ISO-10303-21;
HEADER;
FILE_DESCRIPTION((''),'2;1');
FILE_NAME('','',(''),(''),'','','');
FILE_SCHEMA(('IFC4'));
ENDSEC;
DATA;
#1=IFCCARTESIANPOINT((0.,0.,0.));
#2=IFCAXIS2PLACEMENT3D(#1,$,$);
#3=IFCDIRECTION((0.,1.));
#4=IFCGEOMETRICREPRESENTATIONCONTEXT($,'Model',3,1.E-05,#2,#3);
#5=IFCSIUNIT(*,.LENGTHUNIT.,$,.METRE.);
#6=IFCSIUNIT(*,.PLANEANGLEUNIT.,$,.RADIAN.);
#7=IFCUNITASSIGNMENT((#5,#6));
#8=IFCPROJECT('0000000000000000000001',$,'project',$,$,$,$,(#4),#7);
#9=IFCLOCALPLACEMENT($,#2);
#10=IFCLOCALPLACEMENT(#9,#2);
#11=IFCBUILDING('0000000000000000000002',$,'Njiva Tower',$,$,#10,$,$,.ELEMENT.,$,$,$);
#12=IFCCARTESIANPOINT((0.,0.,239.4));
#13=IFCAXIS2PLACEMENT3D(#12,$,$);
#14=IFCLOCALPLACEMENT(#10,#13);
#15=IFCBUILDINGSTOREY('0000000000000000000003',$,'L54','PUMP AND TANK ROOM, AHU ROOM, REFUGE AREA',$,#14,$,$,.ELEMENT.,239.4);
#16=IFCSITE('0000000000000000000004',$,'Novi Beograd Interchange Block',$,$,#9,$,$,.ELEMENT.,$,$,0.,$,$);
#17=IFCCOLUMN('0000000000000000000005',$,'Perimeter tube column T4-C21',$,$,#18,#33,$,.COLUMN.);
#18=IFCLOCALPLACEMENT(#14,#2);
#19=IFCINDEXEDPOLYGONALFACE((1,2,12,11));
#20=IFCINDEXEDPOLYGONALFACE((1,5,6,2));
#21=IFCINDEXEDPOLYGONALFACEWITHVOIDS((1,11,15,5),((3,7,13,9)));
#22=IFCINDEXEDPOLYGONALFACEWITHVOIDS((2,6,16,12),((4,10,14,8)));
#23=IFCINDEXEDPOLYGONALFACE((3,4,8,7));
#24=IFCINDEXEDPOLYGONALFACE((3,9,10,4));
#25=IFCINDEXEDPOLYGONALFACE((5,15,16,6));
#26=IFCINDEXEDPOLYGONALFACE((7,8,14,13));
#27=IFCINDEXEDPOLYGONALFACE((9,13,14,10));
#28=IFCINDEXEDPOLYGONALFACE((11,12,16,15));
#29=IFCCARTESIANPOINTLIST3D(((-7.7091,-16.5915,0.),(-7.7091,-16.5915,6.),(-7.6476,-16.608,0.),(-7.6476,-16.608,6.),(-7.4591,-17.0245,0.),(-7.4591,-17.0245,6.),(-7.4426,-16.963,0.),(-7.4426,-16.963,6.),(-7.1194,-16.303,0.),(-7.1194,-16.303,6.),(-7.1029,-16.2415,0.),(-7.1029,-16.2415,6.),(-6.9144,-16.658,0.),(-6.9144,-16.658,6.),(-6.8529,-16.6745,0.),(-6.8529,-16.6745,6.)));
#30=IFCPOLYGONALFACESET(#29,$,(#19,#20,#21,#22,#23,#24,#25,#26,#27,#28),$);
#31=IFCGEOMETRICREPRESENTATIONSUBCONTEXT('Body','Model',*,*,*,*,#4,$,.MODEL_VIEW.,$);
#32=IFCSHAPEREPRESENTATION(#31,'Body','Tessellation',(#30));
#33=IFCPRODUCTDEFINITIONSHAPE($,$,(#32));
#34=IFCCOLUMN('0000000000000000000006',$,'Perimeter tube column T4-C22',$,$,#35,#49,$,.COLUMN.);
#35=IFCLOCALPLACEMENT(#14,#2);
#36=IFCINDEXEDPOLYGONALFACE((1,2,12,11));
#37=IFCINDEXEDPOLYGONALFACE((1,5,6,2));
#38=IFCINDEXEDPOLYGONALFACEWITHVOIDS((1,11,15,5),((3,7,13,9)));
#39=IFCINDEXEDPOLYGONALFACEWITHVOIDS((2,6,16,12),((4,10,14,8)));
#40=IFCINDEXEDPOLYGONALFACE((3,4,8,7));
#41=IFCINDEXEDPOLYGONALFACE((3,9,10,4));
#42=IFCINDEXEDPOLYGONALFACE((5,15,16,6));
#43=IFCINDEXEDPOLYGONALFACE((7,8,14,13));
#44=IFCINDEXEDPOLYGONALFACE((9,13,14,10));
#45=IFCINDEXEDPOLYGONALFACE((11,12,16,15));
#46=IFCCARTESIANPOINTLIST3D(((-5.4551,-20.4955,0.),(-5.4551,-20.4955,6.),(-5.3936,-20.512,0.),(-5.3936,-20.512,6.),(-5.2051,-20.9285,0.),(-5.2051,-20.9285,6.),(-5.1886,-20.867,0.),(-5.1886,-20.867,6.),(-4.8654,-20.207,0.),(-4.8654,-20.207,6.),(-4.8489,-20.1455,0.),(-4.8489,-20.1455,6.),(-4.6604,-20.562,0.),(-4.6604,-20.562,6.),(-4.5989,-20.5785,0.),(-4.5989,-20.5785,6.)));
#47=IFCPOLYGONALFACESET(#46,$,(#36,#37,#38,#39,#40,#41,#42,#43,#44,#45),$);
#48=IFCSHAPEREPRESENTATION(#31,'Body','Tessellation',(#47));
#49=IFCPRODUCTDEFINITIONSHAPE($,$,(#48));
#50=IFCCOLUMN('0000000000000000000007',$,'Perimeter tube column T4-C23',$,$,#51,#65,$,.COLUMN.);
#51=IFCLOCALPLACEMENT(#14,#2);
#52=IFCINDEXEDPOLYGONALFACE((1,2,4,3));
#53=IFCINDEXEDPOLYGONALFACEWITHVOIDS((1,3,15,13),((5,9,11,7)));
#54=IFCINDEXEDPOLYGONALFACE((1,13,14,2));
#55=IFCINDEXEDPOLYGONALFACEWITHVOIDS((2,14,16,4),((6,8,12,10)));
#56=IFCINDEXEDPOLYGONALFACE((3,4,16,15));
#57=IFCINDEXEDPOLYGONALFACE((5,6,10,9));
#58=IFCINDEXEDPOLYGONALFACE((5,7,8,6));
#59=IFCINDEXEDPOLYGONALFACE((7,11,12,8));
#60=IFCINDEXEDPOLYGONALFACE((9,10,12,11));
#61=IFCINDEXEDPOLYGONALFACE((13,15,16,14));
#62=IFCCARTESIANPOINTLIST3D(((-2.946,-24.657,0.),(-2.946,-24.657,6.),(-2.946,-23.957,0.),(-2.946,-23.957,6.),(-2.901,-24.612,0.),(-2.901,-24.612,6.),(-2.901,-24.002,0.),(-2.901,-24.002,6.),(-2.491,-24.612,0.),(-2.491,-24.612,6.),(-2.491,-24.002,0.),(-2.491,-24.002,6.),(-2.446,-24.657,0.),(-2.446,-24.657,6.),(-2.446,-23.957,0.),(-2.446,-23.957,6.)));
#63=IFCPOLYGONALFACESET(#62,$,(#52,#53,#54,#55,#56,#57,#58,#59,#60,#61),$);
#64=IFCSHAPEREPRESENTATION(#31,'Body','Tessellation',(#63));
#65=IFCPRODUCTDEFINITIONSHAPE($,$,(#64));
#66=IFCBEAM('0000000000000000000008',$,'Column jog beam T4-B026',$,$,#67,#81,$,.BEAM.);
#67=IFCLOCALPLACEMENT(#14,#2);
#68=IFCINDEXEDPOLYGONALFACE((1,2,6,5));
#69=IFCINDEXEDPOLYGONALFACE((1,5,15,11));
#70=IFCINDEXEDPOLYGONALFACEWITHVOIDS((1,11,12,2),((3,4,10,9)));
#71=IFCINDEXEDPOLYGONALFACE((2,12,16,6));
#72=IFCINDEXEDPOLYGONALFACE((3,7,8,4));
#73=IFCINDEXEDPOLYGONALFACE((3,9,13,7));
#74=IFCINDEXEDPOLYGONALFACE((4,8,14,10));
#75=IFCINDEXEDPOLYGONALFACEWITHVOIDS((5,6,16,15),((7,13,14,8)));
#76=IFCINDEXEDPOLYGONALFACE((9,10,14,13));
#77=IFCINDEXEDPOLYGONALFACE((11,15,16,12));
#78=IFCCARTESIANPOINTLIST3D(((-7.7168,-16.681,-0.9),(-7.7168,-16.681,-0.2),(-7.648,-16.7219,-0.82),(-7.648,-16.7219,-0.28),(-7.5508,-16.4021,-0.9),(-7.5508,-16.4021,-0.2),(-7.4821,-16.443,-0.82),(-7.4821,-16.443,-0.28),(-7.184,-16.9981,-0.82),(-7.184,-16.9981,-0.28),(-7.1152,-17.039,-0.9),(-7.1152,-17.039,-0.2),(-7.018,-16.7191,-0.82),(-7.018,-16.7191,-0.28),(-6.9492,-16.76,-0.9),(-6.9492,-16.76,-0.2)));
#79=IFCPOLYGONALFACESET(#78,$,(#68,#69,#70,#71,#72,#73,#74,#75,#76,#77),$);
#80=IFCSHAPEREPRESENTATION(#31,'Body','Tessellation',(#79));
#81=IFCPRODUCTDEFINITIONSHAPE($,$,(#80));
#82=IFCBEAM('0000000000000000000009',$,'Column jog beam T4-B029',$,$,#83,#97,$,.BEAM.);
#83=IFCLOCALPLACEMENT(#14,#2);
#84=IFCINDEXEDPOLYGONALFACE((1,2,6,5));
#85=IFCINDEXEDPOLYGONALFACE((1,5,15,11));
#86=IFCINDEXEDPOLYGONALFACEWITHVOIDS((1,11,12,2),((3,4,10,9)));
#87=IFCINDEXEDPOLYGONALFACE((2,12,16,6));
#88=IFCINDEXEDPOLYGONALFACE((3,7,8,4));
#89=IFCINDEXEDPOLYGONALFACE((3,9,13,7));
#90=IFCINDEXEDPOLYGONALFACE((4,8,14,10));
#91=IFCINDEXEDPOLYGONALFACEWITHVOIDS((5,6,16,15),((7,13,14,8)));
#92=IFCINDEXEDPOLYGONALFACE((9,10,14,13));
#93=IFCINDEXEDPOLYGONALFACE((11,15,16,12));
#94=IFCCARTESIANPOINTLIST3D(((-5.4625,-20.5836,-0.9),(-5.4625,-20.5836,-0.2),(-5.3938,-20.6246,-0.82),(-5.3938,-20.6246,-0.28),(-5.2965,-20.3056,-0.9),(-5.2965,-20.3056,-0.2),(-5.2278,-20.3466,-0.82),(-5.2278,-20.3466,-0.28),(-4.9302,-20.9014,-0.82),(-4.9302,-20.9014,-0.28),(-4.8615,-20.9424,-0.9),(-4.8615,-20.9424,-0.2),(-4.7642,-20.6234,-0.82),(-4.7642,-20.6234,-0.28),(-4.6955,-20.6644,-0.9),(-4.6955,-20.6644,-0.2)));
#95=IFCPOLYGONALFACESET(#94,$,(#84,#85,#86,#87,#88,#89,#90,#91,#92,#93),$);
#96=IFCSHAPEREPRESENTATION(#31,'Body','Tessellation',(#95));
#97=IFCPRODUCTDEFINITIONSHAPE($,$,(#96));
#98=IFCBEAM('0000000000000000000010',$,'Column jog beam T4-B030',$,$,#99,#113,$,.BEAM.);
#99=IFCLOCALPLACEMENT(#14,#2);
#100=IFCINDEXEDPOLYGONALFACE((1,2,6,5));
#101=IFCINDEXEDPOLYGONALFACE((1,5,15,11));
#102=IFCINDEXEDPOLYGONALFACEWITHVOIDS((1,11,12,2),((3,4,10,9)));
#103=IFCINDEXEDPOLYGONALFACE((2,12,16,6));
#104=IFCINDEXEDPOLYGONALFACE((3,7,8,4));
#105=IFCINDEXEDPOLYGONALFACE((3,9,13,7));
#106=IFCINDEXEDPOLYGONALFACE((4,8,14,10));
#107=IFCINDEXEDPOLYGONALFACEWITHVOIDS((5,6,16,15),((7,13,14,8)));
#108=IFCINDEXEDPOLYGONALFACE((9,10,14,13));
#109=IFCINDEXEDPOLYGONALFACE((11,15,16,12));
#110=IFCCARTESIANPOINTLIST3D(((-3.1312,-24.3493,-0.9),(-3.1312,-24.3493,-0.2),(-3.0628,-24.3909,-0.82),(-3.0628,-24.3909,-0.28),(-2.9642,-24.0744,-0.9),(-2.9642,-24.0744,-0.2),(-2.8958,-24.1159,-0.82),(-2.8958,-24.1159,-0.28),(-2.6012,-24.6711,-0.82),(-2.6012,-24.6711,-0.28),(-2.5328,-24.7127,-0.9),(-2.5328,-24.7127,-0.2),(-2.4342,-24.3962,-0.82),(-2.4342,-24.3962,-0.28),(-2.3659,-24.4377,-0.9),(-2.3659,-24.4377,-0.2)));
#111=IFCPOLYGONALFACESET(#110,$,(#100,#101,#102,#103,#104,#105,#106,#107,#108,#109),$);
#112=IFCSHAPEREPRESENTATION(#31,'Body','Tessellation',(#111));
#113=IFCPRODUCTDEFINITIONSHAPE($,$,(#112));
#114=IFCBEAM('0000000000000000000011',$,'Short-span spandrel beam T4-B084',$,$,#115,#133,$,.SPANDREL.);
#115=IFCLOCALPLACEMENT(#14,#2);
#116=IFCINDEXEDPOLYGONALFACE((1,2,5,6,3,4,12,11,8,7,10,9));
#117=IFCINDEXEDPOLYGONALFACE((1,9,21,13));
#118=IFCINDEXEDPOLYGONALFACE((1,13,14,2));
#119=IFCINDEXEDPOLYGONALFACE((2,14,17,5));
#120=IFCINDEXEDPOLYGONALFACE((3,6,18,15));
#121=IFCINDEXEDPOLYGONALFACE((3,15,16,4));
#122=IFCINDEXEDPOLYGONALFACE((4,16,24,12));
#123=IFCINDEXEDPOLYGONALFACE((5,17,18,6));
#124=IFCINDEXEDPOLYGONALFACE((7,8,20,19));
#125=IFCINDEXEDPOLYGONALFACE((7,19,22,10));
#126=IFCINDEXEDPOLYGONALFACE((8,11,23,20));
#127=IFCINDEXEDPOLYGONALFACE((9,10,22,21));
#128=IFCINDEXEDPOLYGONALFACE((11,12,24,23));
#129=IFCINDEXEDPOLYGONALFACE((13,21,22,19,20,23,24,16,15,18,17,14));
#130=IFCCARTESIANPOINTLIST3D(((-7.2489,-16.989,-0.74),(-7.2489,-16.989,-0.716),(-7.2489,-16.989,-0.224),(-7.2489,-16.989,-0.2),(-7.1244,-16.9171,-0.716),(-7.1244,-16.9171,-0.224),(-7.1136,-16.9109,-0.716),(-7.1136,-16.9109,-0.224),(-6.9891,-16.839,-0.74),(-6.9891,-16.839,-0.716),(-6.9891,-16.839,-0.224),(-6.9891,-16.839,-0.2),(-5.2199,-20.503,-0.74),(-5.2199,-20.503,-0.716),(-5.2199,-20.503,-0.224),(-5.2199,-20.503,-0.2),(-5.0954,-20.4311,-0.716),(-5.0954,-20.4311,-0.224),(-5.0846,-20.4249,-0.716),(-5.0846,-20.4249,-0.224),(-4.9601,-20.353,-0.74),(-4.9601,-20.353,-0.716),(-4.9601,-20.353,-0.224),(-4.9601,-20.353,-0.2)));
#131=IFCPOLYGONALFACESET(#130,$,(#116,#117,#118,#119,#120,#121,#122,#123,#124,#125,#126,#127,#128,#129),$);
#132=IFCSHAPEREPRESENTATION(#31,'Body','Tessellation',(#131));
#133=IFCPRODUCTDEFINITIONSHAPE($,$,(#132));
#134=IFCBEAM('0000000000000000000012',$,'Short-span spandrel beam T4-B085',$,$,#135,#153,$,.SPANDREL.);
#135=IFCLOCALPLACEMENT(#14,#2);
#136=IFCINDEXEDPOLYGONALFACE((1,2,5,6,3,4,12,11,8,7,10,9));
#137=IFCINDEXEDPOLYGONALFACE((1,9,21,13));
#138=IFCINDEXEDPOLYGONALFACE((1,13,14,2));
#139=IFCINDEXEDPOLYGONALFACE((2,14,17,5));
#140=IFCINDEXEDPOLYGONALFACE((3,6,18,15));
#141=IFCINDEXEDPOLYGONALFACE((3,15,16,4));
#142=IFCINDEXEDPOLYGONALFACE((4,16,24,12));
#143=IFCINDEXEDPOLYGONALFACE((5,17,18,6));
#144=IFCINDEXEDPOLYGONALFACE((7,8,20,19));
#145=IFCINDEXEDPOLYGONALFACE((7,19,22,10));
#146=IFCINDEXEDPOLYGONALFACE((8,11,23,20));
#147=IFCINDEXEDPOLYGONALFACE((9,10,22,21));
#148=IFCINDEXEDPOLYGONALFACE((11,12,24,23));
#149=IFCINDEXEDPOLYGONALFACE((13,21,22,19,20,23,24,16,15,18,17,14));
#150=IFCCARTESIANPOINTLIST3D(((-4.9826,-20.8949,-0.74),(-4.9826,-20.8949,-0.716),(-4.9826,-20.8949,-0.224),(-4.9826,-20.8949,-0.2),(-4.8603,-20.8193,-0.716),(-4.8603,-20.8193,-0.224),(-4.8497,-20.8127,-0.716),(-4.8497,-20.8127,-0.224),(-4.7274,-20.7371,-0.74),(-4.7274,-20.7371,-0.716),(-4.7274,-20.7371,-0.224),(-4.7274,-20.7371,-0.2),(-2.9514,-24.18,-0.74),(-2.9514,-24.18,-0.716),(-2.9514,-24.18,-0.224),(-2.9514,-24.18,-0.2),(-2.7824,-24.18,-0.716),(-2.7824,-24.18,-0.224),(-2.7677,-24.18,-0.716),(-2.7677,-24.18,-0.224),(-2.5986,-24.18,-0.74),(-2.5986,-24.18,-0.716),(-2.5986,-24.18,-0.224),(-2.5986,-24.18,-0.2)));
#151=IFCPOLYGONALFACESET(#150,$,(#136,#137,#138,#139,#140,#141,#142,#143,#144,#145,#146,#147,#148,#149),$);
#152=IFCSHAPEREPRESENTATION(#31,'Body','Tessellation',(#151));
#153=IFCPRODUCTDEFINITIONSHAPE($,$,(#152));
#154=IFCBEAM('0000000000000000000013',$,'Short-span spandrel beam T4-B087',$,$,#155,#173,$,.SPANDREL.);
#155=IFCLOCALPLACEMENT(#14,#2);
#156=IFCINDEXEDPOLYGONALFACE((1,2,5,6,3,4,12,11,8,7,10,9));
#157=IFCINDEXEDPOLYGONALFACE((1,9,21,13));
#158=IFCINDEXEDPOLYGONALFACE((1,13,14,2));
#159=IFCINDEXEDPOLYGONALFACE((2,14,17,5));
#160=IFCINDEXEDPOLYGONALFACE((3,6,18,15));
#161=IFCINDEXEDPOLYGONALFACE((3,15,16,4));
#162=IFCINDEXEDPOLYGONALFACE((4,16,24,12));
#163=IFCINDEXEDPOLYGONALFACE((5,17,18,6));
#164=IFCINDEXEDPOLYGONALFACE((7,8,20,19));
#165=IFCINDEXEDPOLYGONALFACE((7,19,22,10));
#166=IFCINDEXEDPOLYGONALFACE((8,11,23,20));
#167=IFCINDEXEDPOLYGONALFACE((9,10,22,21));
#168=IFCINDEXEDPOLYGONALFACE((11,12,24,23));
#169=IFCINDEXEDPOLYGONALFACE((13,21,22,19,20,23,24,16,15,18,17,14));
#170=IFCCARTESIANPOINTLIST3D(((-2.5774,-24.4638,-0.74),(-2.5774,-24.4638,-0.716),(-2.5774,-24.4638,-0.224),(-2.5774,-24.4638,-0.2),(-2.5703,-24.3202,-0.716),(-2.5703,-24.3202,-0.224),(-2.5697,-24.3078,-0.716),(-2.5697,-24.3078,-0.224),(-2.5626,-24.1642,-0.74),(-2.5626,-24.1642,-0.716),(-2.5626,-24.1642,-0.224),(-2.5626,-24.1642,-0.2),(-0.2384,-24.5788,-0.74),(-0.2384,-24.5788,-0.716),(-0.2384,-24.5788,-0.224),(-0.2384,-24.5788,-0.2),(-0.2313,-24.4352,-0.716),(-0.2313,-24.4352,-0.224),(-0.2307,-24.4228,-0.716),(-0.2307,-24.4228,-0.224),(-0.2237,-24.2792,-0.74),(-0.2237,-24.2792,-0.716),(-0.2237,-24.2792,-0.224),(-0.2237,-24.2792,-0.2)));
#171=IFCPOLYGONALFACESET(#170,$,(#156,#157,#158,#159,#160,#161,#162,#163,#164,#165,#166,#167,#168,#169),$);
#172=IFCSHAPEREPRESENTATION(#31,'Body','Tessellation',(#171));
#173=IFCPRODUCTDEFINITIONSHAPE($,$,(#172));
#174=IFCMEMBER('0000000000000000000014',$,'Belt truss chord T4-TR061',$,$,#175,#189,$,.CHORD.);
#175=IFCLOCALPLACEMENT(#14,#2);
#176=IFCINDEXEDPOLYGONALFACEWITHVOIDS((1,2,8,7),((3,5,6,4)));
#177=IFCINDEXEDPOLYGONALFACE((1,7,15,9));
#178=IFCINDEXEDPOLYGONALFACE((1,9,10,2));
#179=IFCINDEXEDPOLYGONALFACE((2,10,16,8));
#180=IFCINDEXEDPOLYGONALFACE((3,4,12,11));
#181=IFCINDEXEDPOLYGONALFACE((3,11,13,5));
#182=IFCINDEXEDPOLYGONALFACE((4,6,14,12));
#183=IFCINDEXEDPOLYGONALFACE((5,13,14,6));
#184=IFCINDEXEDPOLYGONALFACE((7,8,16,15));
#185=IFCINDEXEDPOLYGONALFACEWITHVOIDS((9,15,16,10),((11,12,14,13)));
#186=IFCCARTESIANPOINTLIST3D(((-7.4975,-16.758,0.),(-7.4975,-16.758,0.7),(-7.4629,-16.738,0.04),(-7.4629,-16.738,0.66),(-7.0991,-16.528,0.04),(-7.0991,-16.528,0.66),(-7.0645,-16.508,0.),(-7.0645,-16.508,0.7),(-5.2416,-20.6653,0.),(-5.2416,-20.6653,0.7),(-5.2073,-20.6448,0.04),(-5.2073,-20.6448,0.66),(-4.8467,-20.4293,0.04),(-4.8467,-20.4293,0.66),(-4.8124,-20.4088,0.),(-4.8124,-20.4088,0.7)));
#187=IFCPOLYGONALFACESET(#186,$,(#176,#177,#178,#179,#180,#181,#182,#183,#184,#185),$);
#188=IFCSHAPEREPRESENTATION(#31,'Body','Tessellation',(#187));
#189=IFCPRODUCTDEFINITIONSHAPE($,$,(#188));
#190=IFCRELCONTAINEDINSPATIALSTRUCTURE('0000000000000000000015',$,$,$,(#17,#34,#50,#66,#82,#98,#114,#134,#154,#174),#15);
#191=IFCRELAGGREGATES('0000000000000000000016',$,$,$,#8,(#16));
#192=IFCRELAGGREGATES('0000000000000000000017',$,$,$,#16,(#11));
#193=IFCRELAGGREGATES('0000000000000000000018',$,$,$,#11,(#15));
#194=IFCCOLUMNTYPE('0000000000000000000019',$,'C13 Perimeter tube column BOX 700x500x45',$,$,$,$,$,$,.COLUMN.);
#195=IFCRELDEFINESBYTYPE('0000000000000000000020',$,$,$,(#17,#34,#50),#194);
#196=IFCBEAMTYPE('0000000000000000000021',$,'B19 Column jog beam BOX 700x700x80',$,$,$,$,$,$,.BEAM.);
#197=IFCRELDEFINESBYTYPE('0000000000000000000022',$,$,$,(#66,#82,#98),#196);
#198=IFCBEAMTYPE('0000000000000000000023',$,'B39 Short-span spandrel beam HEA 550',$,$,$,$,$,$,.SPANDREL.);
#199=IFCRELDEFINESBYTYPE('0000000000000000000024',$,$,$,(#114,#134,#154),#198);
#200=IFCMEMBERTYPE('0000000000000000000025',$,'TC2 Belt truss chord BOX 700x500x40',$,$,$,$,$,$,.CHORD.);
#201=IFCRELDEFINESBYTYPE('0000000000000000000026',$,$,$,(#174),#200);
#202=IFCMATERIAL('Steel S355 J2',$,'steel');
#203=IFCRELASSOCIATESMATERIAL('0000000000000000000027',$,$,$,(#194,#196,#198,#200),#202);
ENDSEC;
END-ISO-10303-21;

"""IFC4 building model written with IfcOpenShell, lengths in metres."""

from ifc_helpers import new_model, si_unit, direction, frame, origin, origin_2d, place, context, subcontext, project, spatial, hollow_rectangle, i_section, extrude, clip, halfspace, material, material_profile, profile_set, type_object, element, save


model = new_model("IFC4")

# Units and contexts
model_context = context("Model", 3, precision=1e-05, world=origin(), true_north=direction((0.0, 1.0)))
body_context = subcontext(model_context, "Body", "Model", "MODEL_VIEW")
ifc_project = project(units=[si_unit("LENGTHUNIT", "METRE"), si_unit("PLANEANGLEUNIT", "RADIAN")], contexts=[model_context])

# Site, building, storey
site_placement = place(None, origin())
site = spatial("IfcSite", under=ifc_project, at=site_placement, Name="Novi Beograd Interchange Block", CompositionType="ELEMENT", RefElevation=0.0)
building_placement = place(site_placement, origin())
building = spatial("IfcBuilding", under=site, at=building_placement, Name="Njiva Tower", CompositionType="ELEMENT")
storey_placement = place(building_placement, frame((0.0, 0.0, 239.4)))
storey = spatial("IfcBuildingStorey", under=building, at=storey_placement, Name="L54", Description="PUMP AND TANK ROOM, AHU ROOM, REFUGE AREA", CompositionType="ELEMENT", Elevation=239.4)

# Columns
ifc_material_1 = material(Name="Steel S355 J2", Category="steel")
ifc_material_profile_1 = material_profile(ifc_material_1, hollow_rectangle(XDim=0.5, YDim=0.7, WallThickness=0.045, at=origin_2d()), Name="BOX 700x500x45")
ifc_profile_set_1 = profile_set([ifc_material_profile_1], Name="Steel S355 J2")
column_type = type_object("IfcColumnType", Name="C13 Perimeter tube column BOX 700x500x45", PredefinedType="COLUMN", material=ifc_profile_set_1)
for number, where, z_axis, x_axis, name in (
    (1, (-7.281, -16.633, 0.0), (0.0, 0.0, 1.0), (0.5, -0.866025, 0.0), "Perimeter tube column T4-C21"),
    (2, (-5.027, -20.537, 0.0), (0.0, 0.0, 1.0), (0.5, -0.866025, 0.0), "Perimeter tube column T4-C22"),
    (3, (-2.696, -24.307, 0.0), (0.0, 0.0, 1.0), (1.0, 0.0, 0.0), "Perimeter tube column T4-C23"),
):
    element("IfcColumn", number, at=place(storey_placement, frame(where, z_axis=z_axis, x_axis=x_axis)), inside=storey, type_object=column_type, Name=name, PredefinedType="COLUMN", context=body_context, shape_type="SweptSolid", body=[
        extrude(hollow_rectangle(XDim=0.5, YDim=0.7, WallThickness=0.045, at=origin_2d()), origin(), (0.0, 0.0, 1.0), 6.0),
    ])

# Beams
ifc_material_profile_2 = material_profile(ifc_material_1, hollow_rectangle(XDim=0.7, YDim=0.7, WallThickness=0.08, at=origin_2d()), Name="BOX 700x700x80")
ifc_profile_set_2 = profile_set([ifc_material_profile_2], Name="Steel S355 J2")
beam_type_1 = type_object("IfcBeamType", Name="B19 Column jog beam BOX 700x700x80", PredefinedType="BEAM", material=ifc_profile_set_2)
beam_1_placement = place(storey_placement, frame((-7.416, -16.86, -0.55), z_axis=(0.511321, 0.85939, 0.0), x_axis=(-0.85939, 0.511321, 0.0)))
element("IfcBeam", 4, at=beam_1_placement, inside=storey, type_object=beam_type_1, Name="Column jog beam T4-B026", PredefinedType="BEAM", context=body_context, shape_type="SweptSolid", body=[
    extrude(hollow_rectangle(XDim=0.7, YDim=0.7, WallThickness=0.08, at=origin_2d()), origin(), (0.0, 0.0, 1.0), 0.3246),
])
beam_2_placement = place(storey_placement, frame((-5.162, -20.763, -0.55), z_axis=(0.512678, 0.858581, 0.0), x_axis=(-0.858581, 0.512678, 0.0)))
element("IfcBeam", 5, at=beam_2_placement, inside=storey, type_object=beam_type_1, Name="Column jog beam T4-B029", PredefinedType="BEAM", context=body_context, shape_type="SweptSolid", body=[
    extrude(hollow_rectangle(XDim=0.7, YDim=0.7, WallThickness=0.08, at=origin_2d()), origin(), (0.0, 0.0, 1.0), 0.3238),
])
beam_3_placement = place(storey_placement, frame((-2.832, -24.531, -0.55), z_axis=(0.519059, 0.854738, 0.0), x_axis=(-0.854738, 0.519059, 0.0)))
element("IfcBeam", 6, at=beam_3_placement, inside=storey, type_object=beam_type_1, Name="Column jog beam T4-B030", PredefinedType="BEAM", context=body_context, shape_type="SweptSolid", body=[
    extrude(hollow_rectangle(XDim=0.7, YDim=0.7, WallThickness=0.08, at=origin_2d()), origin(), (0.0, 0.0, 1.0), 0.3217),
])
ifc_material_profile_3 = material_profile(ifc_material_1, i_section(OverallWidth=0.3, OverallDepth=0.54, WebThickness=0.0125, FlangeThickness=0.024, at=origin_2d()), Name="HEA 550")
ifc_profile_set_3 = profile_set([ifc_material_profile_3], Name="Steel S355 J2")
beam_type_2 = type_object("IfcBeamType", Name="B39 Short-span spandrel beam HEA 550", PredefinedType="SPANDREL", material=ifc_profile_set_3)
beam_4_placement = place(storey_placement, frame((-7.119, -16.914, -0.47), z_axis=(0.500035, -0.866005, 0.0), x_axis=(0.866005, 0.500035, 0.0)))
element("IfcBeam", 7, at=beam_4_placement, inside=storey, type_object=beam_type_2, Name="Short-span spandrel beam T4-B084", PredefinedType="SPANDREL", context=body_context, shape_type="SweptSolid", body=[
    extrude(i_section(OverallWidth=0.3, OverallDepth=0.54, WebThickness=0.0125, FlangeThickness=0.024, at=origin_2d()), origin(), (0.0, 0.0, 1.0), 4.0577),
])
beam_5_placement = place(storey_placement, frame((-4.855, -20.816, -0.47), z_axis=(0.525902, -0.850545, 0.0), x_axis=(0.850545, 0.525902, 0.0)))
element("IfcBeam", 8, at=beam_5_placement, inside=storey, type_object=beam_type_2, Name="Short-span spandrel beam T4-B085", PredefinedType="SPANDREL", context=body_context, shape_type="Clipping", body=[
    clip(extrude(i_section(OverallWidth=0.3, OverallDepth=0.54, WebThickness=0.0125, FlangeThickness=0.024, at=origin_2d()), origin(), (0.0, 0.0, 1.0), 4.0681), halfspace(frame((-0.0262, 0.0, 3.9389), z_axis=(-0.525902, 0.0, 0.850545), x_axis=(0.0, 1.0, 0.0)), False)),
])
beam_6_placement = place(storey_placement, frame((-2.57, -24.314, -0.47), z_axis=(0.998794, -0.049107, 0.0), x_axis=(0.049107, 0.998794, 0.0)))
element("IfcBeam", 9, at=beam_6_placement, inside=storey, type_object=beam_type_2, Name="Short-span spandrel beam T4-B087", PredefinedType="SPANDREL", context=body_context, shape_type="SweptSolid", body=[
    extrude(i_section(OverallWidth=0.3, OverallDepth=0.54, WebThickness=0.0125, FlangeThickness=0.024, at=origin_2d()), origin(), (0.0, 0.0, 1.0), 2.3418),
])

# Member
ifc_material_profile_4 = material_profile(ifc_material_1, hollow_rectangle(XDim=0.5, YDim=0.7, WallThickness=0.04, at=origin_2d()), Name="BOX 700x500x40")
ifc_profile_set_4 = profile_set([ifc_material_profile_4], Name="Steel S355 J2")
member_type_1 = type_object("IfcMemberType", Name="TC2 Belt truss chord BOX 700x500x40", PredefinedType="CHORD", material=ifc_profile_set_4)
member_1_placement = place(storey_placement, frame((-7.281, -16.633, 0.35), z_axis=(0.500004, -0.866023, 0.0), x_axis=(0.866023, 0.500004, 0.0)))
element("IfcMember", 10, at=member_1_placement, inside=storey, type_object=member_type_1, Name="Belt truss chord T4-TR061", PredefinedType="CHORD", context=body_context, shape_type="Clipping", body=[
    clip(extrude(hollow_rectangle(XDim=0.5, YDim=0.7, WallThickness=0.04, at=origin_2d()), origin(), (0.0, 0.0, 1.0), 4.542), halfspace(frame((0.0, -239.75, 4.508), z_axis=(0.015085, 0.0, 0.999886), x_axis=(0.0, 1.0, 0.0)), False)),
])

save(model, "model.ifc")
